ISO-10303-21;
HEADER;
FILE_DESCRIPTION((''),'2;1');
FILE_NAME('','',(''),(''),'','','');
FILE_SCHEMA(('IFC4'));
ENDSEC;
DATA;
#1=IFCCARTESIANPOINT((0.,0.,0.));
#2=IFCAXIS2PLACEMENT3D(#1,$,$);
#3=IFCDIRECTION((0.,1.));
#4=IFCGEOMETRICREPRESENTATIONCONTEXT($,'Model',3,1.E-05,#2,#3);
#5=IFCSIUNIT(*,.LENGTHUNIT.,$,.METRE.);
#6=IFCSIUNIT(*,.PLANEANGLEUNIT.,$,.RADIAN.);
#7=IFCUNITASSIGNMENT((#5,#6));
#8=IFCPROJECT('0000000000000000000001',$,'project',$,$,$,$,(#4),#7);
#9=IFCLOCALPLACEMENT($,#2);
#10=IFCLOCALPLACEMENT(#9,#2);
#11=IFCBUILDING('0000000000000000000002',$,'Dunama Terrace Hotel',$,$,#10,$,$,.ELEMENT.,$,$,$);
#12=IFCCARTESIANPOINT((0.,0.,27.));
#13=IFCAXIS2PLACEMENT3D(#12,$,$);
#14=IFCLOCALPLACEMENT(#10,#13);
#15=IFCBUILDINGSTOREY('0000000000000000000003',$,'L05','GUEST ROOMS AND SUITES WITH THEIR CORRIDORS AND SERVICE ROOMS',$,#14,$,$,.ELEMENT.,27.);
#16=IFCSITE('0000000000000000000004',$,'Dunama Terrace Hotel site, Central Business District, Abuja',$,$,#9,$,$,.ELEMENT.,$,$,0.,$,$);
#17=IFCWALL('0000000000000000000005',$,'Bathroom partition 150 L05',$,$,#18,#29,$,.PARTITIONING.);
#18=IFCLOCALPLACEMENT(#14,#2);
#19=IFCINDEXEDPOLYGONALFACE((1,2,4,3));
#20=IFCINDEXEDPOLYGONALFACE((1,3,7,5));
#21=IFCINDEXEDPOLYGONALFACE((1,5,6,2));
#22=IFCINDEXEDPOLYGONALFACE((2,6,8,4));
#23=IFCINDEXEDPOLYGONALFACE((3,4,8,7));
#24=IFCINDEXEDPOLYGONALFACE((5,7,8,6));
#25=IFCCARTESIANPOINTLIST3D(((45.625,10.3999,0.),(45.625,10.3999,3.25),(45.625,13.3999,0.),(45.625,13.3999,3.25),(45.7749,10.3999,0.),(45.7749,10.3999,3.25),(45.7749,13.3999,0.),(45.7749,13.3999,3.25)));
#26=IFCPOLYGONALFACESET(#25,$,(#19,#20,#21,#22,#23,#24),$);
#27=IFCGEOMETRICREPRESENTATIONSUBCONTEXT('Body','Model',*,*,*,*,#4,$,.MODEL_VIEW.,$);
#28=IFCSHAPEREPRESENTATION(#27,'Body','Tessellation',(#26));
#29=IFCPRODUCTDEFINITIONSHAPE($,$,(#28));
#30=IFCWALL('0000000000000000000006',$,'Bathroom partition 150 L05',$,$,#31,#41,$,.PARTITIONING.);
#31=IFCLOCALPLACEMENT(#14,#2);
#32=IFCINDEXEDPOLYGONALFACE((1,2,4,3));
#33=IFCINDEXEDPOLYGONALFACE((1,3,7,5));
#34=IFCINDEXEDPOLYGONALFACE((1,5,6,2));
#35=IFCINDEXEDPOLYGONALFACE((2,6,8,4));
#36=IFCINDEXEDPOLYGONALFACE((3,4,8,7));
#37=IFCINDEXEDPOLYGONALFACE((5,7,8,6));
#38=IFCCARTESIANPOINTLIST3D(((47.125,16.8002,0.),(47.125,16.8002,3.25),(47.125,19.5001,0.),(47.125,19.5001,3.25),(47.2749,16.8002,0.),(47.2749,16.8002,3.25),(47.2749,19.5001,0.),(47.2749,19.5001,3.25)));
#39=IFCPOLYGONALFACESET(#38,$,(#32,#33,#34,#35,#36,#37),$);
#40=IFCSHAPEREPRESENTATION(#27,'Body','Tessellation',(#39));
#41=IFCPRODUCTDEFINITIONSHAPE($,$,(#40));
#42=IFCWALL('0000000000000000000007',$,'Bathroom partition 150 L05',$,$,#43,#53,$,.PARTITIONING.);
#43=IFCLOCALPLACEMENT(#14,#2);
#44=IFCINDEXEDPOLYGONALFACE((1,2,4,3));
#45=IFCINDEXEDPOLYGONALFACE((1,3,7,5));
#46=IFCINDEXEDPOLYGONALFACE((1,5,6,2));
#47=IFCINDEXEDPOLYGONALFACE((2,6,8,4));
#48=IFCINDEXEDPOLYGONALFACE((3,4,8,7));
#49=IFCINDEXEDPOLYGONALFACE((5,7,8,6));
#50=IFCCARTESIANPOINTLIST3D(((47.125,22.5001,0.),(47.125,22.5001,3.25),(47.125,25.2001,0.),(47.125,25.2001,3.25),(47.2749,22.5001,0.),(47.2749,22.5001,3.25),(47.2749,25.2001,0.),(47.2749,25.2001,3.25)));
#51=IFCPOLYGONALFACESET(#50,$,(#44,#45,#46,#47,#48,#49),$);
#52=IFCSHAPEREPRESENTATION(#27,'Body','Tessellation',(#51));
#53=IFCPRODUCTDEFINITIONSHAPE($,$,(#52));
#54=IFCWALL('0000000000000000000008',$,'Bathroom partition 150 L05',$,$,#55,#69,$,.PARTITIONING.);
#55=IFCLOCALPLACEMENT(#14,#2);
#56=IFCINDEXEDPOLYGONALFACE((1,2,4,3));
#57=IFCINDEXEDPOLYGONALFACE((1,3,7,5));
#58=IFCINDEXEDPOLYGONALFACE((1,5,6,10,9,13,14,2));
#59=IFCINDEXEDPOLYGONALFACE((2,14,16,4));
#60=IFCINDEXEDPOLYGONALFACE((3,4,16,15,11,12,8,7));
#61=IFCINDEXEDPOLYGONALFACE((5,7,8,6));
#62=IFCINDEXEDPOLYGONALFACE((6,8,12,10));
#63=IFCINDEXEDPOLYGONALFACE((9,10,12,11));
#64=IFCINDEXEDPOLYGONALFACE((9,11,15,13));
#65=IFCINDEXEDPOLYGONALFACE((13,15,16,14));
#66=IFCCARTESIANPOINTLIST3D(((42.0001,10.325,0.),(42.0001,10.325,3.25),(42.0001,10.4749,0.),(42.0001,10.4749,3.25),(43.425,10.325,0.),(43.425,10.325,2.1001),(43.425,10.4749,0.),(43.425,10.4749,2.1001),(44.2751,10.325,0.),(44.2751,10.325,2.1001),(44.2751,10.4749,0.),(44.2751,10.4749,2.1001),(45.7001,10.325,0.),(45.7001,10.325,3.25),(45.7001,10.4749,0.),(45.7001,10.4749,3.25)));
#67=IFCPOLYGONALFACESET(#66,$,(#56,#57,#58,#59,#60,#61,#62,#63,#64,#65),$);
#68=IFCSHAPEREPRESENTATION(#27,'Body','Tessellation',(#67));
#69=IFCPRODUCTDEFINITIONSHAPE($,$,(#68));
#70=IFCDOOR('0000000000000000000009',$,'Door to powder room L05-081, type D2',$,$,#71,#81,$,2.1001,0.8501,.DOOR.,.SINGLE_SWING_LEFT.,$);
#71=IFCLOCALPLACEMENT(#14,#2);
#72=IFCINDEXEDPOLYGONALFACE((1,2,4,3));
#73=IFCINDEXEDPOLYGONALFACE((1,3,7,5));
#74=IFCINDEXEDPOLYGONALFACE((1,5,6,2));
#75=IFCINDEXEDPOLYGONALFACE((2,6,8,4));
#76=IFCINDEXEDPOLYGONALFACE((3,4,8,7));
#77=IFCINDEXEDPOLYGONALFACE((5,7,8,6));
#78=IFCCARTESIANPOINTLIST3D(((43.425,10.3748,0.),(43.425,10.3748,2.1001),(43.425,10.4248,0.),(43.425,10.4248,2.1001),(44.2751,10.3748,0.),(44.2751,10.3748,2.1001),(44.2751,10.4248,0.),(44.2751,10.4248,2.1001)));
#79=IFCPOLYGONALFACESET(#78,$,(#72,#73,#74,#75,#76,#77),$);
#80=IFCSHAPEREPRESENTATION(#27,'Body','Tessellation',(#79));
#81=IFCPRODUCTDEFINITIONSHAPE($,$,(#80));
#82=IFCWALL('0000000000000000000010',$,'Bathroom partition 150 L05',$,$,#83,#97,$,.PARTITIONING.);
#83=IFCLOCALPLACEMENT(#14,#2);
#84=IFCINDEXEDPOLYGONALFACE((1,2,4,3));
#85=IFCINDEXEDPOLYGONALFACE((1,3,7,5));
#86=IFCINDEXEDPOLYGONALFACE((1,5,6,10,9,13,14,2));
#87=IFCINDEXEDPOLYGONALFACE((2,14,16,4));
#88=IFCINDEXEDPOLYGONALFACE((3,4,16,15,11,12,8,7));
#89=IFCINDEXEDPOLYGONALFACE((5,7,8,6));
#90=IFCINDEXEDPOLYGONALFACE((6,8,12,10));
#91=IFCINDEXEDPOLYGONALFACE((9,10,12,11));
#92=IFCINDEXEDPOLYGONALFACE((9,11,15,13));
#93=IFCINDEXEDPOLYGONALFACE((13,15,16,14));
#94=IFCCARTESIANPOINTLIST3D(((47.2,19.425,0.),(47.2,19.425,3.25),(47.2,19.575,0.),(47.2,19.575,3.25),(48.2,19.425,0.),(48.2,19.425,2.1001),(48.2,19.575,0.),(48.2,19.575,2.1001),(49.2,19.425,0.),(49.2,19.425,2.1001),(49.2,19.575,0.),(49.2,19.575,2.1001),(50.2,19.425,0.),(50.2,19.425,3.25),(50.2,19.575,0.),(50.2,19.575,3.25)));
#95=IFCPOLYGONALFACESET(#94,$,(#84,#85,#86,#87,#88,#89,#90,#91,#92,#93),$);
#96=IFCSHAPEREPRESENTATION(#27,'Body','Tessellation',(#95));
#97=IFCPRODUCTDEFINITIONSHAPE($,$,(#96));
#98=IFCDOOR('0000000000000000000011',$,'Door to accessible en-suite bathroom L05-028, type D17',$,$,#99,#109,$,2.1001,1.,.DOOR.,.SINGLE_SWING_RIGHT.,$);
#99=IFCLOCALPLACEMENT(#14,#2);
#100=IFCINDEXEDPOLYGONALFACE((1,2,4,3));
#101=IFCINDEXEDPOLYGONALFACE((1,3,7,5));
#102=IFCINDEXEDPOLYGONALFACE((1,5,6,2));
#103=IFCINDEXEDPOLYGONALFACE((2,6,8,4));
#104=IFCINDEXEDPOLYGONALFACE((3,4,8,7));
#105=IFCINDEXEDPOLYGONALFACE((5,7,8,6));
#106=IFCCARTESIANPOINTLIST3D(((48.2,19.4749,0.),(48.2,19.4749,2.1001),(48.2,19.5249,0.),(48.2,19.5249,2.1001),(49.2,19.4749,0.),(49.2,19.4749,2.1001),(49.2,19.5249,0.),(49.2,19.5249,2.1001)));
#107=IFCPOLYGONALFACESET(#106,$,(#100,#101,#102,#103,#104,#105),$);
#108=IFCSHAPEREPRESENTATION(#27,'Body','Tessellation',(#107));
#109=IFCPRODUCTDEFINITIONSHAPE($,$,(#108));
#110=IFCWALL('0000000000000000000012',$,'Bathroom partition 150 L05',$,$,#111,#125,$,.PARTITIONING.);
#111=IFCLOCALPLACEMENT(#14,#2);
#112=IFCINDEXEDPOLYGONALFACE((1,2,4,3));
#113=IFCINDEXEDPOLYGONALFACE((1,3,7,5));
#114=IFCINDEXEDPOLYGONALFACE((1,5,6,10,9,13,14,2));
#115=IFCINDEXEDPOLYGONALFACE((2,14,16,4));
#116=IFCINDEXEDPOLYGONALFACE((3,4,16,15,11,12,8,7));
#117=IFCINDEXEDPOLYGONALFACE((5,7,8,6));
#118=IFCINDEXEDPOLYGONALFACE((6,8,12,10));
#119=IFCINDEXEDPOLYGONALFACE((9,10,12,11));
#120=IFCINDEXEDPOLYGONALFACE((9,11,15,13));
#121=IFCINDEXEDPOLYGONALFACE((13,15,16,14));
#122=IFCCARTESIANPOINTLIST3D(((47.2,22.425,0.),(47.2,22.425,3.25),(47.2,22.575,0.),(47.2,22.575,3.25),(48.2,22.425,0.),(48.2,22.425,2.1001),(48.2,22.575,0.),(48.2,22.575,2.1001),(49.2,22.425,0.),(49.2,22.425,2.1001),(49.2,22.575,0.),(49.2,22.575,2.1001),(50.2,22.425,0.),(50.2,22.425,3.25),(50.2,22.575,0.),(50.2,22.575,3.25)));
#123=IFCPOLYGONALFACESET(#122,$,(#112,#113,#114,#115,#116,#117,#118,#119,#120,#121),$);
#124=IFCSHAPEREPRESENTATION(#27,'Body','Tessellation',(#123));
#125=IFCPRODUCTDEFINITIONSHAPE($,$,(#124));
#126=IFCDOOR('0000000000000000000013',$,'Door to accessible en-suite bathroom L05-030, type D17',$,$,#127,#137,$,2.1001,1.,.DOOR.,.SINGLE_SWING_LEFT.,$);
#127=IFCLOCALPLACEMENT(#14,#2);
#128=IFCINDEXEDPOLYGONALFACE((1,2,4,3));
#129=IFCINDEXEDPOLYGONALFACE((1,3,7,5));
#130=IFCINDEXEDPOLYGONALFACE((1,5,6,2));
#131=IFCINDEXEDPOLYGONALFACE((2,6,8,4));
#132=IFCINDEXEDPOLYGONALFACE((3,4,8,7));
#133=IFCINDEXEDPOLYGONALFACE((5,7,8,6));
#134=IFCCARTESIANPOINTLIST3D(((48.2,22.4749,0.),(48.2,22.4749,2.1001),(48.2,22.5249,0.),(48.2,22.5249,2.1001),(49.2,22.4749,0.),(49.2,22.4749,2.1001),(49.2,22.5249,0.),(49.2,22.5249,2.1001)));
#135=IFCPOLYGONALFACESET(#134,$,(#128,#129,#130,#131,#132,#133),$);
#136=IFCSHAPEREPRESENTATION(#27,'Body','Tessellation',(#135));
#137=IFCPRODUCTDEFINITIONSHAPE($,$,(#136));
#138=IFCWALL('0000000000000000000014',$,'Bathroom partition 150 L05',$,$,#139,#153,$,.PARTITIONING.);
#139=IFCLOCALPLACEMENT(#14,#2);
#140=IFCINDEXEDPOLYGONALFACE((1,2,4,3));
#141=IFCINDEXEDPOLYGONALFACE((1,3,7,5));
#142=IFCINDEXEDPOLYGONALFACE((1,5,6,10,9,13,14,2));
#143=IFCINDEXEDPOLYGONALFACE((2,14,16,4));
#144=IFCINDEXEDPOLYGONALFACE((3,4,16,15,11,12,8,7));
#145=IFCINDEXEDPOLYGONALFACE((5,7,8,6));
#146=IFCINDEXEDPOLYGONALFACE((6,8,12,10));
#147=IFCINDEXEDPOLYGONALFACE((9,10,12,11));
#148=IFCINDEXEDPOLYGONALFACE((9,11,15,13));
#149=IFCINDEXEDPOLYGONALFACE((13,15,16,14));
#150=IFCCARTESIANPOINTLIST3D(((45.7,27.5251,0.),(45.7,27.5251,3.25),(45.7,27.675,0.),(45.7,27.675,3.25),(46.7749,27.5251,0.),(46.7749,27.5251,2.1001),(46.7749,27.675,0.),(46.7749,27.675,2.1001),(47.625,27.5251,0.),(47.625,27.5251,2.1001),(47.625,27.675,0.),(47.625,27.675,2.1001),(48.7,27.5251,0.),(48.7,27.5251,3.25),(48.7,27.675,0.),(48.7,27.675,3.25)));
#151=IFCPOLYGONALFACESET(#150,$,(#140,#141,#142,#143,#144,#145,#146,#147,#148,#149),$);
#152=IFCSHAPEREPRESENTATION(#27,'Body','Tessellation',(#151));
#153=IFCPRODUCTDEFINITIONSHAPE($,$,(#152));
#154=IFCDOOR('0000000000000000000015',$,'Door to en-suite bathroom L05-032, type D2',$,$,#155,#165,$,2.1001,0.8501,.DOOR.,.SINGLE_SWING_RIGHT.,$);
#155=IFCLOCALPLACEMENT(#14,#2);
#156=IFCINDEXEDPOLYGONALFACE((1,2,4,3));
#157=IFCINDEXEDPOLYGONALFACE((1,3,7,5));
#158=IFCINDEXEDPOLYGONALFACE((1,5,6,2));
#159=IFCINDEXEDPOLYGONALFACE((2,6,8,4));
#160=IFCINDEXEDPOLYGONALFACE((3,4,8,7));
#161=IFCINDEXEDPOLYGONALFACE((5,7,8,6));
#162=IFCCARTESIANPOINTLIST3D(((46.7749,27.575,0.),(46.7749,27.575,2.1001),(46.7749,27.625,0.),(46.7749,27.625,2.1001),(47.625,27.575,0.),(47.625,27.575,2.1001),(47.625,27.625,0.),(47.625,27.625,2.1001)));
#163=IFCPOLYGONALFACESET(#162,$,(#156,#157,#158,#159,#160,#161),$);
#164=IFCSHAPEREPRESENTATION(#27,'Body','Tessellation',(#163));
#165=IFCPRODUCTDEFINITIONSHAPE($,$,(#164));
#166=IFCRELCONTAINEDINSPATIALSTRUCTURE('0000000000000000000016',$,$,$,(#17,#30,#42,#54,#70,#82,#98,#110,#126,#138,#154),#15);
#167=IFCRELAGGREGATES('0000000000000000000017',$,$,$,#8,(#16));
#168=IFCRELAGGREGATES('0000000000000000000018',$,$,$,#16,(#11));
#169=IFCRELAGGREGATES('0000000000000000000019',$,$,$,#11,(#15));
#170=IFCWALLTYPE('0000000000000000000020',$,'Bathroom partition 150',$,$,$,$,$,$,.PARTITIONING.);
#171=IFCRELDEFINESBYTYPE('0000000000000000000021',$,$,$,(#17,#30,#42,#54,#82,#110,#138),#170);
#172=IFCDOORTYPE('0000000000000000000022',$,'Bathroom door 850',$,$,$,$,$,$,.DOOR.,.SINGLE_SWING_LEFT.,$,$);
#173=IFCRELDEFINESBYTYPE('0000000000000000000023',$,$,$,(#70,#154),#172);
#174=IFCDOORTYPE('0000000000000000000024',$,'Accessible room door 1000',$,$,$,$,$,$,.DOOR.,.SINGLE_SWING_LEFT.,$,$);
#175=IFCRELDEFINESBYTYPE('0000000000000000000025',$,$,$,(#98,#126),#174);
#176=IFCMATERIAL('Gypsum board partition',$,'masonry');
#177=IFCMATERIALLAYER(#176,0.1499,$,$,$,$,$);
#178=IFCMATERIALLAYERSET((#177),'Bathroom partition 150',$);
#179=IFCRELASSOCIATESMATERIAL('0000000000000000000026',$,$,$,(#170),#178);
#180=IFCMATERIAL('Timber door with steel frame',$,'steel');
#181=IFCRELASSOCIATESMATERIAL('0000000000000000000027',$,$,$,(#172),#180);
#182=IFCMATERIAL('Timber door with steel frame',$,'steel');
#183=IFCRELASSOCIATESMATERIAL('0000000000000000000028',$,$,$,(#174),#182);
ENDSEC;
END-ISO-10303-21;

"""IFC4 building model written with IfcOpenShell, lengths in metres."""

from ifc_helpers import new_model, si_unit, direction, frame, frame_2d, origin, place, context, subcontext, project, spatial, rectangle, extrude, material, layer, layer_set, type_object, element, fill, save


model = new_model("IFC4")

# Units and contexts
model_context = context("Model", 3, precision=1e-05, world=origin(), true_north=direction((0.0, 1.0)))
body_context = subcontext(model_context, "Body", "Model", "MODEL_VIEW")
ifc_project = project(units=[si_unit("LENGTHUNIT", "METRE"), si_unit("PLANEANGLEUNIT", "RADIAN")], contexts=[model_context])

# Site, building, storey
site_placement = place(None, origin())
site = spatial("IfcSite", under=ifc_project, at=site_placement, Name="Dunama Terrace Hotel site, Central Business District, Abuja", CompositionType="ELEMENT", RefElevation=0.0)
building_placement = place(site_placement, origin())
building = spatial("IfcBuilding", under=site, at=building_placement, Name="Dunama Terrace Hotel", CompositionType="ELEMENT")
storey_placement = place(building_placement, frame((0.0, 0.0, 27.0)))
storey = spatial("IfcBuildingStorey", under=building, at=storey_placement, Name="L05", Description="GUEST ROOMS AND SUITES WITH THEIR CORRIDORS AND SERVICE ROOMS", CompositionType="ELEMENT", Elevation=27.0)

# Walls
ifc_material_1 = material(Name="Gypsum board partition", Category="masonry")
ifc_layer_1 = layer(ifc_material_1, 0.1499)
ifc_layer_set_1 = layer_set([ifc_layer_1], Name="Bathroom partition 150")
wall_type_1 = type_object("IfcWallType", Name="Bathroom partition 150", PredefinedType="PARTITIONING", material=ifc_layer_set_1)
wall_1_placement = place(storey_placement, frame((45.7, 10.3999, 0.0), z_axis=(0.0, 0.0, 1.0), x_axis=(0.0, 1.0, 0.0)))
element("IfcWall", 1, at=wall_1_placement, inside=storey, type_object=wall_type_1, Name="Bathroom partition 150 L05", PredefinedType="PARTITIONING", context=body_context, shape_type="SweptSolid", body=[
    extrude(rectangle(XDim=3.0, YDim=0.1499, at=frame_2d((1.5, 0.0))), origin(), (0.0, 0.0, 1.0), 3.25),
])
for number, where, z_axis, x_axis, name in (
    (2, (47.2, 16.8, 0.0), (0.0, 0.0, 1.0), (0.0, 1.0, 0.0), "Bathroom partition 150 L05"),
    (3, (47.2, 22.5, 0.0), (0.0, 0.0, 1.0), (0.0, 1.0, 0.0), "Bathroom partition 150 L05"),
):
    element("IfcWall", number, at=place(storey_placement, frame(where, z_axis=z_axis, x_axis=x_axis)), inside=storey, type_object=wall_type_1, Name=name, PredefinedType="PARTITIONING", context=body_context, shape_type="SweptSolid", body=[
        extrude(rectangle(XDim=2.7, YDim=0.1499, at=frame_2d((1.3501, 0.0))), origin(), (0.0, 0.0, 1.0), 3.25),
    ])

# Walls, openings, doors
wall_2_placement = place(storey_placement, frame((42.0, 10.3999, 0.0), z_axis=(0.0, 0.0, 1.0), x_axis=(1.0, 0.0, 0.0)))
wall_2 = element("IfcWall", 4, at=wall_2_placement, inside=storey, type_object=wall_type_1, Name="Bathroom partition 150 L05", PredefinedType="PARTITIONING", context=body_context, shape_type="SweptSolid", body=[
    extrude(rectangle(XDim=3.7, YDim=0.1499, at=frame_2d((1.8501, 0.0))), origin(), (0.0, 0.0, 1.0), 3.25),
])
opening_1_placement = place(wall_2_placement, frame((1.425, 0.0, 0.0)))
opening_1 = element("IfcOpeningElement", 5, at=opening_1_placement, cuts=wall_2, PredefinedType="OPENING", context=body_context, shape_type="SweptSolid", body=[
    extrude(rectangle(XDim=0.8501, YDim=2.1001, at=frame_2d((0.425, 1.05))), frame((0.0, 0.085, 0.0), z_axis=(0.0, -1.0, 0.0), x_axis=(1.0, 0.0, 0.0)), (0.0, 0.0, 1.0), 0.1699),
])
ifc_material_2 = material(Name="Timber door with steel frame", Category="steel")
door_type_1 = type_object("IfcDoorType", Name="Bathroom door 850", OperationType="SINGLE_SWING_LEFT", PredefinedType="DOOR", material=ifc_material_2)
door_1_placement = place(opening_1_placement, origin())
door_1 = element("IfcDoor", 6, at=door_1_placement, inside=storey, type_object=door_type_1, Name="Door to powder room L05-081, type D2", OperationType="SINGLE_SWING_LEFT", OverallHeight=2.1001, OverallWidth=0.8501, PredefinedType="DOOR", context=body_context, shape_type="SweptSolid", body=[
    extrude(rectangle(XDim=0.8501, YDim=2.1001, at=frame_2d((0.425, 1.05))), frame((0.0, 0.0249, 0.0), z_axis=(0.0, -1.0, 0.0), x_axis=(1.0, 0.0, 0.0)), (0.0, 0.0, 1.0), 0.05),
])
fill(opening_1, door_1)
wall_3_placement = place(storey_placement, frame((47.2, 19.5, 0.0), z_axis=(0.0, 0.0, 1.0), x_axis=(1.0, 0.0, 0.0)))
wall_3 = element("IfcWall", 7, at=wall_3_placement, inside=storey, type_object=wall_type_1, Name="Bathroom partition 150 L05", PredefinedType="PARTITIONING", context=body_context, shape_type="SweptSolid", body=[
    extrude(rectangle(XDim=3.0, YDim=0.1499, at=frame_2d((1.5, 0.0))), origin(), (0.0, 0.0, 1.0), 3.25),
])
opening_2_placement = place(wall_3_placement, frame((1.0, 0.0, 0.0)))
opening_2 = element("IfcOpeningElement", 8, at=opening_2_placement, cuts=wall_3, PredefinedType="OPENING", context=body_context, shape_type="SweptSolid", body=[
    extrude(rectangle(XDim=1.0, YDim=2.1001, at=frame_2d((0.5, 1.05))), frame((0.0, 0.085, 0.0), z_axis=(0.0, -1.0, 0.0), x_axis=(1.0, 0.0, 0.0)), (0.0, 0.0, 1.0), 0.1699),
])
ifc_material_3 = material(Name="Timber door with steel frame", Category="steel")
door_type_2 = type_object("IfcDoorType", Name="Accessible room door 1000", OperationType="SINGLE_SWING_LEFT", PredefinedType="DOOR", material=ifc_material_3)
door_2_placement = place(opening_2_placement, frame((1.0, 0.0, 0.0), z_axis=(0.0, 0.0, 1.0), x_axis=(-1.0, 0.0, 0.0)))
door_2 = element("IfcDoor", 9, at=door_2_placement, inside=storey, type_object=door_type_2, Name="Door to accessible en-suite bathroom L05-028, type D17", OperationType="SINGLE_SWING_RIGHT", OverallHeight=2.1001, OverallWidth=1.0, PredefinedType="DOOR", context=body_context, shape_type="SweptSolid", body=[
    extrude(rectangle(XDim=1.0, YDim=2.1001, at=frame_2d((0.5, 1.05))), frame((0.0, 0.0251, 0.0), z_axis=(0.0, -1.0, 0.0), x_axis=(1.0, 0.0, 0.0)), (0.0, 0.0, 1.0), 0.05),
])
fill(opening_2, door_2)
wall_4_placement = place(storey_placement, frame((47.2, 22.5, 0.0), z_axis=(0.0, 0.0, 1.0), x_axis=(1.0, 0.0, 0.0)))
wall_4 = element("IfcWall", 10, at=wall_4_placement, inside=storey, type_object=wall_type_1, Name="Bathroom partition 150 L05", PredefinedType="PARTITIONING", context=body_context, shape_type="SweptSolid", body=[
    extrude(rectangle(XDim=3.0, YDim=0.1499, at=frame_2d((1.5, 0.0))), origin(), (0.0, 0.0, 1.0), 3.25),
])
opening_3_placement = place(wall_4_placement, frame((1.0, 0.0, 0.0)))
opening_3 = element("IfcOpeningElement", 11, at=opening_3_placement, cuts=wall_4, PredefinedType="OPENING", context=body_context, shape_type="SweptSolid", body=[
    extrude(rectangle(XDim=1.0, YDim=2.1001, at=frame_2d((0.5, 1.05))), frame((0.0, 0.085, 0.0), z_axis=(0.0, -1.0, 0.0), x_axis=(1.0, 0.0, 0.0)), (0.0, 0.0, 1.0), 0.1699),
])
door_3_placement = place(opening_3_placement, origin())
door_3 = element("IfcDoor", 12, at=door_3_placement, inside=storey, type_object=door_type_2, Name="Door to accessible en-suite bathroom L05-030, type D17", OperationType="SINGLE_SWING_LEFT", OverallHeight=2.1001, OverallWidth=1.0, PredefinedType="DOOR", context=body_context, shape_type="SweptSolid", body=[
    extrude(rectangle(XDim=1.0, YDim=2.1001, at=frame_2d((0.5, 1.05))), frame((0.0, 0.0249, 0.0), z_axis=(0.0, -1.0, 0.0), x_axis=(1.0, 0.0, 0.0)), (0.0, 0.0, 1.0), 0.05),
])
fill(opening_3, door_3)
wall_5_placement = place(storey_placement, frame((45.7, 27.6001, 0.0), z_axis=(0.0, 0.0, 1.0), x_axis=(1.0, 0.0, 0.0)))
wall_5 = element("IfcWall", 13, at=wall_5_placement, inside=storey, type_object=wall_type_1, Name="Bathroom partition 150 L05", PredefinedType="PARTITIONING", context=body_context, shape_type="SweptSolid", body=[
    extrude(rectangle(XDim=3.0, YDim=0.1499, at=frame_2d((1.5, 0.0))), origin(), (0.0, 0.0, 1.0), 3.25),
])
opening_4_placement = place(wall_5_placement, frame((1.075, 0.0, 0.0)))
opening_4 = element("IfcOpeningElement", 14, at=opening_4_placement, cuts=wall_5, PredefinedType="OPENING", context=body_context, shape_type="SweptSolid", body=[
    extrude(rectangle(XDim=0.8501, YDim=2.1001, at=frame_2d((0.425, 1.05))), frame((0.0, 0.085, 0.0), z_axis=(0.0, -1.0, 0.0), x_axis=(1.0, 0.0, 0.0)), (0.0, 0.0, 1.0), 0.1699),
])
door_4_placement = place(opening_4_placement, frame((0.8501, 0.0, 0.0), z_axis=(0.0, 0.0, 1.0), x_axis=(-1.0, 0.0, 0.0)))
door_4 = element("IfcDoor", 15, at=door_4_placement, inside=storey, type_object=door_type_1, Name="Door to en-suite bathroom L05-032, type D2", OperationType="SINGLE_SWING_RIGHT", OverallHeight=2.1001, OverallWidth=0.8501, PredefinedType="DOOR", context=body_context, shape_type="SweptSolid", body=[
    extrude(rectangle(XDim=0.8501, YDim=2.1001, at=frame_2d((0.425, 1.05))), frame((0.0, 0.0251, 0.0), z_axis=(0.0, -1.0, 0.0), x_axis=(1.0, 0.0, 0.0)), (0.0, 0.0, 1.0), 0.05),
])
fill(opening_4, door_4)

save(model, "model.ifc")
